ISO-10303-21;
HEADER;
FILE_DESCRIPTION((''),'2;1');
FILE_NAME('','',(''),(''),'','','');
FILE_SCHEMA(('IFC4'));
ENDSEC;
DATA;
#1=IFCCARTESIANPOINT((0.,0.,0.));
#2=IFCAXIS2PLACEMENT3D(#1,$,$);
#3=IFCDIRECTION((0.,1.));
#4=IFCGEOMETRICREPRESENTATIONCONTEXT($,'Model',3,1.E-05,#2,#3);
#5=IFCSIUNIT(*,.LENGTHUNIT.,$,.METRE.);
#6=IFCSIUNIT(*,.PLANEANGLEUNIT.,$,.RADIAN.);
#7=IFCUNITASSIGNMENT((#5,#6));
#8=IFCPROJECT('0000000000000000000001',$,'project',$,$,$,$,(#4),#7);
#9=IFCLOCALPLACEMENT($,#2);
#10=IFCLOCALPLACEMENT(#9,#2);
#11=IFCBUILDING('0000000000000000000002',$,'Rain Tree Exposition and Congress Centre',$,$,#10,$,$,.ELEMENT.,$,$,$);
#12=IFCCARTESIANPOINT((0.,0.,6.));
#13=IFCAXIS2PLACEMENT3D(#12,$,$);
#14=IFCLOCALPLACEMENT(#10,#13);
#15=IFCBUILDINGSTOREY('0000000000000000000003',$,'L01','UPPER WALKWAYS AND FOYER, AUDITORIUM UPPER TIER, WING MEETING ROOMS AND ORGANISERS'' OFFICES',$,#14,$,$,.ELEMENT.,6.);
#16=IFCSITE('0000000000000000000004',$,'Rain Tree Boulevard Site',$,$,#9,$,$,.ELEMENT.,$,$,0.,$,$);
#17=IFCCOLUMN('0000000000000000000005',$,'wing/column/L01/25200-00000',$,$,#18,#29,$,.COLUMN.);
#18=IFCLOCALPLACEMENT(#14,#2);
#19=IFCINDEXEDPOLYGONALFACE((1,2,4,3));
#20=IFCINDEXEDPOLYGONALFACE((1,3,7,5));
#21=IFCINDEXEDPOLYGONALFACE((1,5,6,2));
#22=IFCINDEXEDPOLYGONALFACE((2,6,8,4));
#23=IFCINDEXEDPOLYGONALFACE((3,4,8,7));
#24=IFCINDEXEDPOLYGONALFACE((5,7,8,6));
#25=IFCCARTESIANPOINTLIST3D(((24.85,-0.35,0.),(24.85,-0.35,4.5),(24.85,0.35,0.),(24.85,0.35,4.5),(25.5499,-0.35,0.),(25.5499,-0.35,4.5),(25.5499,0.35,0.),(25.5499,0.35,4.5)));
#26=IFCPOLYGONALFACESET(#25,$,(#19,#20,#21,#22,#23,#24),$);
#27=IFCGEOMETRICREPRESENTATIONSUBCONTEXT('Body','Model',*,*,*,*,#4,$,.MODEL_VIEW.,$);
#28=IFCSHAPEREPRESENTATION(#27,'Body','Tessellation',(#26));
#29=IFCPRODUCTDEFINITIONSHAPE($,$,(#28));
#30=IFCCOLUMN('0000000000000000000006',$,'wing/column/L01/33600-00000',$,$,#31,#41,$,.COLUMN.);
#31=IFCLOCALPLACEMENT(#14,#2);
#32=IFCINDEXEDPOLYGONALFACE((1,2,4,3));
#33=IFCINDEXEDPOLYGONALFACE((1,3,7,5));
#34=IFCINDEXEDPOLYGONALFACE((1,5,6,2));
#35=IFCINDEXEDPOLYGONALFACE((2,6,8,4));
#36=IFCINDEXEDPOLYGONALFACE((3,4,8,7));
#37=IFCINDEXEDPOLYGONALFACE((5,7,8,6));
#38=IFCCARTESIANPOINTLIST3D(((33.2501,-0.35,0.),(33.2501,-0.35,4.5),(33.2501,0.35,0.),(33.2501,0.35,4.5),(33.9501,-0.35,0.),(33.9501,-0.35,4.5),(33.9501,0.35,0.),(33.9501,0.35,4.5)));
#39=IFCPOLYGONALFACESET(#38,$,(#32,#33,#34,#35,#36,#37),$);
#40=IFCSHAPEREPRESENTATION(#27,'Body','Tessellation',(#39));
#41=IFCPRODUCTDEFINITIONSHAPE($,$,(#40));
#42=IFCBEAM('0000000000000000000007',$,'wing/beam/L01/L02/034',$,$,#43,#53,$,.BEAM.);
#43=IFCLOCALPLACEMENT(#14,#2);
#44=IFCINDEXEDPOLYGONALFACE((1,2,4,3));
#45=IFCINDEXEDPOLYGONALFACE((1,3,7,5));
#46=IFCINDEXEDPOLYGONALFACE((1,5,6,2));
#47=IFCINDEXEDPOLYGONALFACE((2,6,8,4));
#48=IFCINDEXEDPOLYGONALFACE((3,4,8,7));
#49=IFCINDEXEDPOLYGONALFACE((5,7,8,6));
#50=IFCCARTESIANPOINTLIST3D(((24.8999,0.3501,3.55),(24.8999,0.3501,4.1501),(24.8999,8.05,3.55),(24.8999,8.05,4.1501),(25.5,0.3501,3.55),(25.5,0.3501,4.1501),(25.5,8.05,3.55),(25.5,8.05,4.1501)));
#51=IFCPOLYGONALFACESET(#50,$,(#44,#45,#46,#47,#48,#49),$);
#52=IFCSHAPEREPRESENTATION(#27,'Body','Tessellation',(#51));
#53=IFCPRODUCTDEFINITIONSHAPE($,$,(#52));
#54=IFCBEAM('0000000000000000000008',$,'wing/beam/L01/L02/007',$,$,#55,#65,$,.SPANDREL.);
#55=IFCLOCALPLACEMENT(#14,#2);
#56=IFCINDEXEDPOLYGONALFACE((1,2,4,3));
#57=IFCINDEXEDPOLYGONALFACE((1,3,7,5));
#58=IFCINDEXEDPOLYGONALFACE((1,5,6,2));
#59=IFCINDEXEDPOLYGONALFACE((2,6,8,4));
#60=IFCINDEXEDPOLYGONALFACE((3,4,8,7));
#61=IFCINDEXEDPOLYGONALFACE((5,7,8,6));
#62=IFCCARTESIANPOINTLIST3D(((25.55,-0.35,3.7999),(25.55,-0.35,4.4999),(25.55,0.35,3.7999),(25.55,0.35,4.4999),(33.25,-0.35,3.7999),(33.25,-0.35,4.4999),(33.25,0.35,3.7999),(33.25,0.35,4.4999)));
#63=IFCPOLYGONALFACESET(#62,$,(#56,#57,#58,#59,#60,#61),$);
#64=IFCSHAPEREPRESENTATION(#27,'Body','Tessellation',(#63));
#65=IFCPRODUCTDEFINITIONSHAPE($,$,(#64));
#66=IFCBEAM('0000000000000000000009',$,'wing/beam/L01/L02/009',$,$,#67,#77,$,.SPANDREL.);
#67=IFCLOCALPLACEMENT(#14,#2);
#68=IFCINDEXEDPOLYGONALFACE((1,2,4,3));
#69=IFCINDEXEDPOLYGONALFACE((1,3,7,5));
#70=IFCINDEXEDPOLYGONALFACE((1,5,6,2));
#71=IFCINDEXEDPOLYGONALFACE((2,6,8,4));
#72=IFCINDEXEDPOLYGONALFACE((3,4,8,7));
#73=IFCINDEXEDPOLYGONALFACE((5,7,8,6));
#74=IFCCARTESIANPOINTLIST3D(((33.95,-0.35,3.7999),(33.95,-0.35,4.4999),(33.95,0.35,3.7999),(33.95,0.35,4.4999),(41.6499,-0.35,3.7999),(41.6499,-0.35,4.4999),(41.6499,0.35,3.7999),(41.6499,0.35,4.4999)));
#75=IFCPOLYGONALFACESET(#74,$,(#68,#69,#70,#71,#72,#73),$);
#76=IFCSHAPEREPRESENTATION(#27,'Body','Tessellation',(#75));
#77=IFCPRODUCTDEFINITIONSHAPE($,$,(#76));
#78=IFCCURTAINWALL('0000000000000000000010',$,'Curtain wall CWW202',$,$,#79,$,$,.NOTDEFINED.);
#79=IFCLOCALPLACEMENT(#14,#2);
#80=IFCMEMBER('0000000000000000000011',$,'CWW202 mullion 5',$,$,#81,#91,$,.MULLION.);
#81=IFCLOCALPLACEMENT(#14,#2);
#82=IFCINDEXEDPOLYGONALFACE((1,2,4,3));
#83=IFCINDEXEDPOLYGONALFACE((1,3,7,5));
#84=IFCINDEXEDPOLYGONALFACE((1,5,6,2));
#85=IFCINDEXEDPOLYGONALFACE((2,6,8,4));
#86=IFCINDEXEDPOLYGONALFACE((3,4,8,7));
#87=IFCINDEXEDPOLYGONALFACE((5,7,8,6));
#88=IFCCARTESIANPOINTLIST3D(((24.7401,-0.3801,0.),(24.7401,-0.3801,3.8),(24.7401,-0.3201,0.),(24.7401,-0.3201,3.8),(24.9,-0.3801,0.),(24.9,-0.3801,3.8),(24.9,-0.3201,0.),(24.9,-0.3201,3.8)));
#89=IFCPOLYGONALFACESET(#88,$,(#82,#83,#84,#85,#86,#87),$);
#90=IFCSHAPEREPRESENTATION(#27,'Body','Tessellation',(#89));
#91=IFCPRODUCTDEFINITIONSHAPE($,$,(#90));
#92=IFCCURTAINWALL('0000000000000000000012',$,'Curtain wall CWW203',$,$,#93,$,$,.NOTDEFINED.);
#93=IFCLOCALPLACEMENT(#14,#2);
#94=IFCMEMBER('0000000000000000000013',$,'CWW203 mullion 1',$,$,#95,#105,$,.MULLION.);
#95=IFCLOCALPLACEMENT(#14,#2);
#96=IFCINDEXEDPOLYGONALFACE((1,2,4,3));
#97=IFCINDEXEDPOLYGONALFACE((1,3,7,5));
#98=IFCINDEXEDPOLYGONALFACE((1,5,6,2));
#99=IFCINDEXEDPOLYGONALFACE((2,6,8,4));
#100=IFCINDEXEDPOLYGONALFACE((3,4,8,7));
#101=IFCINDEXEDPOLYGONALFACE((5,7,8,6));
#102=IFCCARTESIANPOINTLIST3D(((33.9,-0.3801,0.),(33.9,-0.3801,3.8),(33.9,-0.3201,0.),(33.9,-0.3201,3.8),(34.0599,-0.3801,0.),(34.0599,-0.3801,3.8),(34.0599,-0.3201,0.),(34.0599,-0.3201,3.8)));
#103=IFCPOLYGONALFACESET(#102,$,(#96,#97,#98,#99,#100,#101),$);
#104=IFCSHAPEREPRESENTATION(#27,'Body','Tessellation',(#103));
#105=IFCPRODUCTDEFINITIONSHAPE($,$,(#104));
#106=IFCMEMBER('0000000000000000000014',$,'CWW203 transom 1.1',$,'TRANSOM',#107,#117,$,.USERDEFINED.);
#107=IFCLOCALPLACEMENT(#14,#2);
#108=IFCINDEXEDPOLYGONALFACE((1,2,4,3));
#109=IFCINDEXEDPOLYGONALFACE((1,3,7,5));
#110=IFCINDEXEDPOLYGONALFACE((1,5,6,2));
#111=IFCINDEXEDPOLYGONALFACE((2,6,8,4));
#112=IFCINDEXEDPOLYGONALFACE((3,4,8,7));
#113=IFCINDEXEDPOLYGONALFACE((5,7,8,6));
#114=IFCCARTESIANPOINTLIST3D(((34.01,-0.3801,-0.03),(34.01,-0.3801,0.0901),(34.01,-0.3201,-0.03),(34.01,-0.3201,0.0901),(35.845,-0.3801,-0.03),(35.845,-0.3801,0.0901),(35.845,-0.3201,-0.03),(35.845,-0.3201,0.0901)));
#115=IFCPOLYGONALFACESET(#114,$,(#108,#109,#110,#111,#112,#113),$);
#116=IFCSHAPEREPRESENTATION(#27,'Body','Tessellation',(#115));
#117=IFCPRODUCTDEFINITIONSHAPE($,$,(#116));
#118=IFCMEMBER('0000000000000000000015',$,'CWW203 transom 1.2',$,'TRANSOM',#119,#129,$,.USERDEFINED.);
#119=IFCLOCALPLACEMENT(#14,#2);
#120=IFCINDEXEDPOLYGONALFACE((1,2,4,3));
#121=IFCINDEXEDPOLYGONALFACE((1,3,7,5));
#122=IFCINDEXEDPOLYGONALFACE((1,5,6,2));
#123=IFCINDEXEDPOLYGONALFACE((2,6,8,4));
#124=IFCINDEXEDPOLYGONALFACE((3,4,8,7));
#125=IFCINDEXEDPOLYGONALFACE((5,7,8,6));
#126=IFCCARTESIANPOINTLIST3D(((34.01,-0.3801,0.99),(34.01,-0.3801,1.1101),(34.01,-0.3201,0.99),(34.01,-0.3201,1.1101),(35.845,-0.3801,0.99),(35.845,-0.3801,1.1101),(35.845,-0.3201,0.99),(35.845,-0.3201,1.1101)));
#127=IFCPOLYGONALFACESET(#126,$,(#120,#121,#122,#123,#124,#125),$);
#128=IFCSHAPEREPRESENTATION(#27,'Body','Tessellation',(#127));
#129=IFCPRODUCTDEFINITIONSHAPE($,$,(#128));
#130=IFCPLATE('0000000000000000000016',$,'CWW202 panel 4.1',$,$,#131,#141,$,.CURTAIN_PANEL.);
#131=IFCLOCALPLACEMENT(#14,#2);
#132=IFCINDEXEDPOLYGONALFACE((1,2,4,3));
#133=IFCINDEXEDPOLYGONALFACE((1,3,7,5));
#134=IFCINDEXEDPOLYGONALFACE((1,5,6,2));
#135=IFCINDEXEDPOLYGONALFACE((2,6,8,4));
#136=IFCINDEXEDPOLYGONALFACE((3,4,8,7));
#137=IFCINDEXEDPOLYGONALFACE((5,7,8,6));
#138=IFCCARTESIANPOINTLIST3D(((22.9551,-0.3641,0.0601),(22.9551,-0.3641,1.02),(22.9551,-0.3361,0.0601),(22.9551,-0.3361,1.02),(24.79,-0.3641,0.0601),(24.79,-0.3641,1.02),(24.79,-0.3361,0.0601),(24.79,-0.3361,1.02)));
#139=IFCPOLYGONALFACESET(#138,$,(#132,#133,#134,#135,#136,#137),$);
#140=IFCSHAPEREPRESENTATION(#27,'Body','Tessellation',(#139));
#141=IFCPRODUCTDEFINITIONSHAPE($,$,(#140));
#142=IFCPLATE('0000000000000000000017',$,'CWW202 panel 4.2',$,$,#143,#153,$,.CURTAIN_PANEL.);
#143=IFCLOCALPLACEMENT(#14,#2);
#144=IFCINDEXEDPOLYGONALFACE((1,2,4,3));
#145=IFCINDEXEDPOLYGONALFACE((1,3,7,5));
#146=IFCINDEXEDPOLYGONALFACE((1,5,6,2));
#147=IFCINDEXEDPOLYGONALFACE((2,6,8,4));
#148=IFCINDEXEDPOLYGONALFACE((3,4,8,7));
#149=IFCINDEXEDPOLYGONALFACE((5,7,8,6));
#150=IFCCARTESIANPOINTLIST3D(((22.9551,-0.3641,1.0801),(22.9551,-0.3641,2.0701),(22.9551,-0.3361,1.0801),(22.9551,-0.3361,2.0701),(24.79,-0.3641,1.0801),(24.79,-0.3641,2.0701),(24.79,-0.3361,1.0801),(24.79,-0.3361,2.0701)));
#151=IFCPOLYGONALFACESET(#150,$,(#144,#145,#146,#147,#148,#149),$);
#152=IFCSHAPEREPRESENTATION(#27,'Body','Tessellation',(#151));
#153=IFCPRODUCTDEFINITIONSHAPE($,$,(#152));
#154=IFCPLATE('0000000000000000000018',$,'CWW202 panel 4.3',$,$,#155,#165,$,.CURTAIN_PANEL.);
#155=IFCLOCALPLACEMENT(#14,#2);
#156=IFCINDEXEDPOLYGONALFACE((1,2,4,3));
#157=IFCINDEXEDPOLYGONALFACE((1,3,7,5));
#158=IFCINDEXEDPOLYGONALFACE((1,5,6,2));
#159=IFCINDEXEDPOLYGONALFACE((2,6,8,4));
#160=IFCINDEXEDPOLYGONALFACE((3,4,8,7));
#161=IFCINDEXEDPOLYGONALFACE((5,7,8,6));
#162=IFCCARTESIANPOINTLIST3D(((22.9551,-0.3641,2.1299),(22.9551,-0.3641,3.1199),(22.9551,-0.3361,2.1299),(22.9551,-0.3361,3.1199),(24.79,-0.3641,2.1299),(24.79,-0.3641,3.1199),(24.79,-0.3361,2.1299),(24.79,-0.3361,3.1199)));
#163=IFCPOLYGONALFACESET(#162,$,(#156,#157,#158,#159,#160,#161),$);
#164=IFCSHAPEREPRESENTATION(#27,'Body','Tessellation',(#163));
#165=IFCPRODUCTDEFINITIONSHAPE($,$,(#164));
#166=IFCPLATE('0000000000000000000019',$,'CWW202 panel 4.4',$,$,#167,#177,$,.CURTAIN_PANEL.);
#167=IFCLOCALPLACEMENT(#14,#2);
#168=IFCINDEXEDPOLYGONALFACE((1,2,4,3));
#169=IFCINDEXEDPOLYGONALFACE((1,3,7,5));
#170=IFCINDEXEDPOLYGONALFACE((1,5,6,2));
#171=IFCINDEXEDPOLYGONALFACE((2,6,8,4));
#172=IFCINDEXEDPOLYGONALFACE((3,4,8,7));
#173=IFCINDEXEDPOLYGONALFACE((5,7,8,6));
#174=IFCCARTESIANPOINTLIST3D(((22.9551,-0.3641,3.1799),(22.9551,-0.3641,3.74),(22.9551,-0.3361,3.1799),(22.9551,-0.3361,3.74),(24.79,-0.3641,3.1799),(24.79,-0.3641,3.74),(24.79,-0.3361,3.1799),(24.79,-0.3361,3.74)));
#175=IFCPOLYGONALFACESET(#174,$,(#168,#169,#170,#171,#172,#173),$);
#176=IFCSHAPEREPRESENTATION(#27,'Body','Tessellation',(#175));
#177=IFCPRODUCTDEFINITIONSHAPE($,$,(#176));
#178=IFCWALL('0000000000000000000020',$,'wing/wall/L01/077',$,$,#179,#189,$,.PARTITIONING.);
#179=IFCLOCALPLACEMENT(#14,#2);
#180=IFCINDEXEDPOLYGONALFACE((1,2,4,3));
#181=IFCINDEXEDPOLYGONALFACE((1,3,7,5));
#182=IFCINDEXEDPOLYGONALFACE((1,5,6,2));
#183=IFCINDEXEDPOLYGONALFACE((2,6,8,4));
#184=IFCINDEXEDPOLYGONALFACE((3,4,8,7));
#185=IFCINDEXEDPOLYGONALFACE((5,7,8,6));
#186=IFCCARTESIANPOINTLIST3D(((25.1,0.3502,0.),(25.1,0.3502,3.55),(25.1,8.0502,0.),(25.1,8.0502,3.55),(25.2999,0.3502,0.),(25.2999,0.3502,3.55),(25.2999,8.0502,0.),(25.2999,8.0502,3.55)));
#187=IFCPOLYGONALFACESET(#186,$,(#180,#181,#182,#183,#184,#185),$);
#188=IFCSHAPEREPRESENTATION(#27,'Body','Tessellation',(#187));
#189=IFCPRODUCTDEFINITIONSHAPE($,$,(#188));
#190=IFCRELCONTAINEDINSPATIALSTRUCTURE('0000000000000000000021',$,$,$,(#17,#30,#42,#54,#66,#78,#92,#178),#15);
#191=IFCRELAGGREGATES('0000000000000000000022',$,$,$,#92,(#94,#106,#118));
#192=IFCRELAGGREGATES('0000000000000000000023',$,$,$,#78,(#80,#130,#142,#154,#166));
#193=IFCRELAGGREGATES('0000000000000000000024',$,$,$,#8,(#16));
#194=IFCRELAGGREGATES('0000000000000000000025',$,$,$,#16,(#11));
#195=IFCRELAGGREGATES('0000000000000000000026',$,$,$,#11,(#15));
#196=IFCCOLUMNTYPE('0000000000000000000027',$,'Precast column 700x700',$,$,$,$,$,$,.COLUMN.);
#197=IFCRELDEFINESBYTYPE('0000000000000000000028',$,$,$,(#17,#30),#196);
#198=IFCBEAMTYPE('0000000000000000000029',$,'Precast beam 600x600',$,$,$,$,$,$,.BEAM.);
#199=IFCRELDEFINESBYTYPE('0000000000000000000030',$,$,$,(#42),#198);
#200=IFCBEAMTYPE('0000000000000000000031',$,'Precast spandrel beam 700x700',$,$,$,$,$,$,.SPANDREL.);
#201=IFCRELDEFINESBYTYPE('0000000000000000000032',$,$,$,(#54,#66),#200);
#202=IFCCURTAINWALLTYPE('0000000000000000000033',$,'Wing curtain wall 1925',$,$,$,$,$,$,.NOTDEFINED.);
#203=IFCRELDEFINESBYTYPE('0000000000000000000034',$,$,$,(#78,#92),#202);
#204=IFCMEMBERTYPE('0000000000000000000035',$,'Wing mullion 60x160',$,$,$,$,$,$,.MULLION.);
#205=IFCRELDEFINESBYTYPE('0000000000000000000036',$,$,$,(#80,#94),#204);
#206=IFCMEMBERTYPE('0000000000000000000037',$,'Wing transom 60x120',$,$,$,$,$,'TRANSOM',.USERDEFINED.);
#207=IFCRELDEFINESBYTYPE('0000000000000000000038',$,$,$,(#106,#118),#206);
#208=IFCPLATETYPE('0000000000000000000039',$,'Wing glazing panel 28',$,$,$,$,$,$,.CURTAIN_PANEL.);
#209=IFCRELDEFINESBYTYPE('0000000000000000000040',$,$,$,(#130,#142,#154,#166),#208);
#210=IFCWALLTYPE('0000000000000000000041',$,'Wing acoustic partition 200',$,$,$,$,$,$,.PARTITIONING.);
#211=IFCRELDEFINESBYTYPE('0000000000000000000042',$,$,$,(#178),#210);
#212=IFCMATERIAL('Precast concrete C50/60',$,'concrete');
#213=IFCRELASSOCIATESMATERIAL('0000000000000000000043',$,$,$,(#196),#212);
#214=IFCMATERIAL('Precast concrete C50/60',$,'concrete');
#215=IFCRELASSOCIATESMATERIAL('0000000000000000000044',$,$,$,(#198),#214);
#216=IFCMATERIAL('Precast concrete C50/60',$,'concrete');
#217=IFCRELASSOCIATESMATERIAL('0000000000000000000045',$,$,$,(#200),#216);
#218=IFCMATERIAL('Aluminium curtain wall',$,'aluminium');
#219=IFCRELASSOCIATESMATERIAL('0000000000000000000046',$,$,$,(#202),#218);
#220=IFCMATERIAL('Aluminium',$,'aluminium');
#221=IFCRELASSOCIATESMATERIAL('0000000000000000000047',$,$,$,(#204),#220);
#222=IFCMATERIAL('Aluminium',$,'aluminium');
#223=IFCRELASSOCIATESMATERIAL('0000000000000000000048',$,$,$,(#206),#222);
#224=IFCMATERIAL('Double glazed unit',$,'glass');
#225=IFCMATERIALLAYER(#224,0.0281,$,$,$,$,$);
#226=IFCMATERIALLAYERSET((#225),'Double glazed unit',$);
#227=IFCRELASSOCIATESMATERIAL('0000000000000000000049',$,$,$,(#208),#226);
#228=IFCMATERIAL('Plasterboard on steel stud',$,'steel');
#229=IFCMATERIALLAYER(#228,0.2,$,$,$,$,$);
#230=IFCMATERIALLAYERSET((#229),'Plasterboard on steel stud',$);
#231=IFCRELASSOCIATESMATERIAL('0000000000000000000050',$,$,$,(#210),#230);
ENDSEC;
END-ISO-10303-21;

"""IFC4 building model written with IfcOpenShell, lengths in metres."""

from ifc_helpers import new_model, si_unit, direction, frame, frame_2d, origin, origin_2d, place, context, subcontext, project, spatial, rectangle, extrude, material, layer, layer_set, material_profile, profile_set, type_object, element, aggregate, save


model = new_model("IFC4")

# Units and contexts
model_context = context("Model", 3, precision=1e-05, world=origin(), true_north=direction((0.0, 1.0)))
body_context = subcontext(model_context, "Body", "Model", "MODEL_VIEW")
ifc_project = project(units=[si_unit("LENGTHUNIT", "METRE"), si_unit("PLANEANGLEUNIT", "RADIAN")], contexts=[model_context])

# Site, building, storey
site_placement = place(None, origin())
site = spatial("IfcSite", under=ifc_project, at=site_placement, Name="Rain Tree Boulevard Site", CompositionType="ELEMENT", RefElevation=0.0)
building_placement = place(site_placement, origin())
building = spatial("IfcBuilding", under=site, at=building_placement, Name="Rain Tree Exposition and Congress Centre", CompositionType="ELEMENT")
storey_placement = place(building_placement, frame((0.0, 0.0, 6.0)))
storey = spatial("IfcBuildingStorey", under=building, at=storey_placement, Name="L01", Description="UPPER WALKWAYS AND FOYER, AUDITORIUM UPPER TIER, WING MEETING ROOMS AND ORGANISERS' OFFICES", CompositionType="ELEMENT", Elevation=6.0)

# Columns
ifc_material_1 = material(Name="Precast concrete C50/60", Category="concrete")
ifc_material_profile_1 = material_profile(ifc_material_1, rectangle(XDim=0.7, YDim=0.7, at=origin_2d()), Name="RC 700x700")
ifc_profile_set_1 = profile_set([ifc_material_profile_1], Name="Precast concrete C50/60")
column_type = type_object("IfcColumnType", Name="Precast column 700x700", PredefinedType="COLUMN", material=ifc_profile_set_1)
for number, where, z_axis, x_axis, name in (
    (1, (25.2, 0.0, 0.0), (0.0, 0.0, 1.0), (1.0, 0.0, 0.0), "wing/column/L01/25200-00000"),
    (2, (33.6001, 0.0, 0.0), (0.0, 0.0, 1.0), (1.0, 0.0, 0.0), "wing/column/L01/33600-00000"),
):
    element("IfcColumn", number, at=place(storey_placement, frame(where, z_axis=z_axis, x_axis=x_axis)), inside=storey, type_object=column_type, Name=name, PredefinedType="COLUMN", context=body_context, shape_type="SweptSolid", body=[
        extrude(rectangle(XDim=0.7, YDim=0.7, at=origin_2d()), origin(), (0.0, 0.0, 1.0), 4.5),
    ])

# Beams
ifc_material_2 = material(Name="Precast concrete C50/60", Category="concrete")
ifc_material_profile_2 = material_profile(ifc_material_2, rectangle(XDim=0.6001, YDim=0.6001, at=origin_2d()), Name="RC 600x600")
ifc_profile_set_2 = profile_set([ifc_material_profile_2], Name="Precast concrete C50/60")
beam_type_1 = type_object("IfcBeamType", Name="Precast beam 600x600", PredefinedType="BEAM", material=ifc_profile_set_2)
beam_placement = place(storey_placement, frame((25.2, 0.3501, 3.8501), z_axis=(0.0, 1.0, 0.0), x_axis=(-1.0, 0.0, 0.0)))
element("IfcBeam", 3, at=beam_placement, inside=storey, type_object=beam_type_1, Name="wing/beam/L01/L02/034", PredefinedType="BEAM", context=body_context, shape_type="SweptSolid", body=[
    extrude(rectangle(XDim=0.6001, YDim=0.6001, at=origin_2d()), origin(), (0.0, 0.0, 1.0), 7.7),
])
ifc_material_3 = material(Name="Precast concrete C50/60", Category="concrete")
ifc_material_profile_3 = material_profile(ifc_material_3, rectangle(XDim=0.7, YDim=0.7, at=origin_2d()), Name="RC 700x700")
ifc_profile_set_3 = profile_set([ifc_material_profile_3], Name="Precast concrete C50/60")
beam_type_2 = type_object("IfcBeamType", Name="Precast spandrel beam 700x700", PredefinedType="SPANDREL", material=ifc_profile_set_3)
for number, where, z_axis, x_axis, name in (
    (4, (25.55, 0.0, 4.1499), (1.0, 0.0, 0.0), (0.0, 1.0, 0.0), "wing/beam/L01/L02/007"),
    (5, (33.95, 0.0, 4.1499), (1.0, 0.0, 0.0), (0.0, 1.0, 0.0), "wing/beam/L01/L02/009"),
):
    element("IfcBeam", number, at=place(storey_placement, frame(where, z_axis=z_axis, x_axis=x_axis)), inside=storey, type_object=beam_type_2, Name=name, PredefinedType="SPANDREL", context=body_context, shape_type="SweptSolid", body=[
        extrude(rectangle(XDim=0.7, YDim=0.7, at=origin_2d()), origin(), (0.0, 0.0, 1.0), 7.7),
    ])

# Curtain wall, member
ifc_material_4 = material(Name="Aluminium curtain wall", Category="aluminium")
curtain_wall_type = type_object("IfcCurtainWallType", Name="Wing curtain wall 1925", PredefinedType="NOTDEFINED", material=ifc_material_4)
curtain_wall_1_placement = place(storey_placement, origin())
curtain_wall_1 = element("IfcCurtainWall", 6, at=curtain_wall_1_placement, inside=storey, type_object=curtain_wall_type, Name="Curtain wall CWW202", PredefinedType="NOTDEFINED")
ifc_material_5 = material(Name="Aluminium", Category="aluminium")
ifc_material_profile_4 = material_profile(ifc_material_5, rectangle(XDim=0.0601, YDim=0.1599, at=origin_2d()), Name="Aluminium 60x160")
ifc_profile_set_4 = profile_set([ifc_material_profile_4], Name="Aluminium")
member_type_1 = type_object("IfcMemberType", Name="Wing mullion 60x160", PredefinedType="MULLION", material=ifc_profile_set_4)
member_1_placement = place(storey_placement, frame((24.8201, -0.3501, 0.0), z_axis=(0.0, 0.0, 1.0), x_axis=(0.0, 1.0, 0.0)))
member_1 = element("IfcMember", 7, at=member_1_placement, type_object=member_type_1, Name="CWW202 mullion 5", PredefinedType="MULLION", context=body_context, shape_type="SweptSolid", body=[
    extrude(rectangle(XDim=0.0601, YDim=0.1599, at=origin_2d()), origin(), (0.0, 0.0, 1.0), 3.8),
])

# Curtain wall, members
curtain_wall_2_placement = place(storey_placement, origin())
curtain_wall_2 = element("IfcCurtainWall", 8, at=curtain_wall_2_placement, inside=storey, type_object=curtain_wall_type, Name="Curtain wall CWW203", PredefinedType="NOTDEFINED")
member_2_placement = place(storey_placement, frame((33.98, -0.3501, 0.0), z_axis=(0.0, 0.0, 1.0), x_axis=(0.0, 1.0, 0.0)))
member_2 = element("IfcMember", 9, at=member_2_placement, type_object=member_type_1, Name="CWW203 mullion 1", PredefinedType="MULLION", context=body_context, shape_type="SweptSolid", body=[
    extrude(rectangle(XDim=0.0601, YDim=0.1599, at=origin_2d()), origin(), (0.0, 0.0, 1.0), 3.8),
])
ifc_material_6 = material(Name="Aluminium", Category="aluminium")
ifc_material_profile_5 = material_profile(ifc_material_6, rectangle(XDim=0.0601, YDim=0.1201, at=origin_2d()), Name="Aluminium 60x120")
ifc_profile_set_5 = profile_set([ifc_material_profile_5], Name="Aluminium")
member_type_2 = type_object("IfcMemberType", Name="Wing transom 60x120", ElementType="TRANSOM", PredefinedType="USERDEFINED", material=ifc_profile_set_5)
member_3_placement = place(storey_placement, frame((34.01, -0.3501, 0.03), z_axis=(1.0, 0.0, 0.0), x_axis=(0.0, 1.0, 0.0)))
member_3 = element("IfcMember", 10, at=member_3_placement, type_object=member_type_2, Name="CWW203 transom 1.1", ObjectType="TRANSOM", PredefinedType="USERDEFINED", context=body_context, shape_type="SweptSolid", body=[
    extrude(rectangle(XDim=0.0601, YDim=0.1201, at=origin_2d()), origin(), (0.0, 0.0, 1.0), 1.835),
])
member_4_placement = place(storey_placement, frame((34.01, -0.3501, 1.05), z_axis=(1.0, 0.0, 0.0), x_axis=(0.0, 1.0, 0.0)))
member_4 = element("IfcMember", 11, at=member_4_placement, type_object=member_type_2, Name="CWW203 transom 1.2", ObjectType="TRANSOM", PredefinedType="USERDEFINED", context=body_context, shape_type="SweptSolid", body=[
    extrude(rectangle(XDim=0.0601, YDim=0.1201, at=origin_2d()), origin(), (0.0, 0.0, 1.0), 1.835),
])
aggregate(curtain_wall_2, [member_2, member_3, member_4])

# Plates
ifc_material_7 = material(Name="Double glazed unit", Category="glass")
ifc_layer_1 = layer(ifc_material_7, 0.0281)
ifc_layer_set_1 = layer_set([ifc_layer_1], Name="Double glazed unit")
plate_type = type_object("IfcPlateType", Name="Wing glazing panel 28", PredefinedType="CURTAIN_PANEL", material=ifc_layer_set_1)
plate_1_placement = place(storey_placement, frame((23.8726, -0.3501, 0.0601), z_axis=(0.0, 0.0, 1.0), x_axis=(1.0, 0.0, 0.0)))
plate_1 = element("IfcPlate", 12, at=plate_1_placement, type_object=plate_type, Name="CWW202 panel 4.1", PredefinedType="CURTAIN_PANEL", context=body_context, shape_type="SweptSolid", body=[
    extrude(rectangle(XDim=1.835, YDim=0.0281, at=origin_2d()), origin(), (0.0, 0.0, 1.0), 0.96),
])
plate_2_placement = place(storey_placement, frame((23.8726, -0.3501, 1.0801), z_axis=(0.0, 0.0, 1.0), x_axis=(1.0, 0.0, 0.0)))
plate_2 = element("IfcPlate", 13, at=plate_2_placement, type_object=plate_type, Name="CWW202 panel 4.2", PredefinedType="CURTAIN_PANEL", context=body_context, shape_type="SweptSolid", body=[
    extrude(rectangle(XDim=1.835, YDim=0.0281, at=origin_2d()), origin(), (0.0, 0.0, 1.0), 0.99),
])
plate_3_placement = place(storey_placement, frame((23.8726, -0.3501, 2.1299), z_axis=(0.0, 0.0, 1.0), x_axis=(1.0, 0.0, 0.0)))
plate_3 = element("IfcPlate", 14, at=plate_3_placement, type_object=plate_type, Name="CWW202 panel 4.3", PredefinedType="CURTAIN_PANEL", context=body_context, shape_type="SweptSolid", body=[
    extrude(rectangle(XDim=1.835, YDim=0.0281, at=origin_2d()), origin(), (0.0, 0.0, 1.0), 0.99),
])
plate_4_placement = place(storey_placement, frame((23.8726, -0.3501, 3.1799), z_axis=(0.0, 0.0, 1.0), x_axis=(1.0, 0.0, 0.0)))
plate_4 = element("IfcPlate", 15, at=plate_4_placement, type_object=plate_type, Name="CWW202 panel 4.4", PredefinedType="CURTAIN_PANEL", context=body_context, shape_type="SweptSolid", body=[
    extrude(rectangle(XDim=1.835, YDim=0.0281, at=origin_2d()), origin(), (0.0, 0.0, 1.0), 0.5601),
])
aggregate(curtain_wall_1, [member_1, plate_1, plate_2, plate_3, plate_4])

# Wall
ifc_material_8 = material(Name="Plasterboard on steel stud", Category="steel")
ifc_layer_2 = layer(ifc_material_8, 0.2)
ifc_layer_set_2 = layer_set([ifc_layer_2], Name="Plasterboard on steel stud")
wall_type_1 = type_object("IfcWallType", Name="Wing acoustic partition 200", PredefinedType="PARTITIONING", material=ifc_layer_set_2)
wall_1_placement = place(storey_placement, frame((25.2, 0.3501, 0.0), z_axis=(0.0, 0.0, 1.0), x_axis=(0.0, 1.0, 0.0)))
element("IfcWall", 16, at=wall_1_placement, inside=storey, type_object=wall_type_1, Name="wing/wall/L01/077", PredefinedType="PARTITIONING", context=body_context, shape_type="SweptSolid", body=[
    extrude(rectangle(XDim=7.7, YDim=0.2, at=frame_2d((3.8501, 0.0))), origin(), (0.0, 0.0, 1.0), 3.55),
])

save(model, "model.ifc")
